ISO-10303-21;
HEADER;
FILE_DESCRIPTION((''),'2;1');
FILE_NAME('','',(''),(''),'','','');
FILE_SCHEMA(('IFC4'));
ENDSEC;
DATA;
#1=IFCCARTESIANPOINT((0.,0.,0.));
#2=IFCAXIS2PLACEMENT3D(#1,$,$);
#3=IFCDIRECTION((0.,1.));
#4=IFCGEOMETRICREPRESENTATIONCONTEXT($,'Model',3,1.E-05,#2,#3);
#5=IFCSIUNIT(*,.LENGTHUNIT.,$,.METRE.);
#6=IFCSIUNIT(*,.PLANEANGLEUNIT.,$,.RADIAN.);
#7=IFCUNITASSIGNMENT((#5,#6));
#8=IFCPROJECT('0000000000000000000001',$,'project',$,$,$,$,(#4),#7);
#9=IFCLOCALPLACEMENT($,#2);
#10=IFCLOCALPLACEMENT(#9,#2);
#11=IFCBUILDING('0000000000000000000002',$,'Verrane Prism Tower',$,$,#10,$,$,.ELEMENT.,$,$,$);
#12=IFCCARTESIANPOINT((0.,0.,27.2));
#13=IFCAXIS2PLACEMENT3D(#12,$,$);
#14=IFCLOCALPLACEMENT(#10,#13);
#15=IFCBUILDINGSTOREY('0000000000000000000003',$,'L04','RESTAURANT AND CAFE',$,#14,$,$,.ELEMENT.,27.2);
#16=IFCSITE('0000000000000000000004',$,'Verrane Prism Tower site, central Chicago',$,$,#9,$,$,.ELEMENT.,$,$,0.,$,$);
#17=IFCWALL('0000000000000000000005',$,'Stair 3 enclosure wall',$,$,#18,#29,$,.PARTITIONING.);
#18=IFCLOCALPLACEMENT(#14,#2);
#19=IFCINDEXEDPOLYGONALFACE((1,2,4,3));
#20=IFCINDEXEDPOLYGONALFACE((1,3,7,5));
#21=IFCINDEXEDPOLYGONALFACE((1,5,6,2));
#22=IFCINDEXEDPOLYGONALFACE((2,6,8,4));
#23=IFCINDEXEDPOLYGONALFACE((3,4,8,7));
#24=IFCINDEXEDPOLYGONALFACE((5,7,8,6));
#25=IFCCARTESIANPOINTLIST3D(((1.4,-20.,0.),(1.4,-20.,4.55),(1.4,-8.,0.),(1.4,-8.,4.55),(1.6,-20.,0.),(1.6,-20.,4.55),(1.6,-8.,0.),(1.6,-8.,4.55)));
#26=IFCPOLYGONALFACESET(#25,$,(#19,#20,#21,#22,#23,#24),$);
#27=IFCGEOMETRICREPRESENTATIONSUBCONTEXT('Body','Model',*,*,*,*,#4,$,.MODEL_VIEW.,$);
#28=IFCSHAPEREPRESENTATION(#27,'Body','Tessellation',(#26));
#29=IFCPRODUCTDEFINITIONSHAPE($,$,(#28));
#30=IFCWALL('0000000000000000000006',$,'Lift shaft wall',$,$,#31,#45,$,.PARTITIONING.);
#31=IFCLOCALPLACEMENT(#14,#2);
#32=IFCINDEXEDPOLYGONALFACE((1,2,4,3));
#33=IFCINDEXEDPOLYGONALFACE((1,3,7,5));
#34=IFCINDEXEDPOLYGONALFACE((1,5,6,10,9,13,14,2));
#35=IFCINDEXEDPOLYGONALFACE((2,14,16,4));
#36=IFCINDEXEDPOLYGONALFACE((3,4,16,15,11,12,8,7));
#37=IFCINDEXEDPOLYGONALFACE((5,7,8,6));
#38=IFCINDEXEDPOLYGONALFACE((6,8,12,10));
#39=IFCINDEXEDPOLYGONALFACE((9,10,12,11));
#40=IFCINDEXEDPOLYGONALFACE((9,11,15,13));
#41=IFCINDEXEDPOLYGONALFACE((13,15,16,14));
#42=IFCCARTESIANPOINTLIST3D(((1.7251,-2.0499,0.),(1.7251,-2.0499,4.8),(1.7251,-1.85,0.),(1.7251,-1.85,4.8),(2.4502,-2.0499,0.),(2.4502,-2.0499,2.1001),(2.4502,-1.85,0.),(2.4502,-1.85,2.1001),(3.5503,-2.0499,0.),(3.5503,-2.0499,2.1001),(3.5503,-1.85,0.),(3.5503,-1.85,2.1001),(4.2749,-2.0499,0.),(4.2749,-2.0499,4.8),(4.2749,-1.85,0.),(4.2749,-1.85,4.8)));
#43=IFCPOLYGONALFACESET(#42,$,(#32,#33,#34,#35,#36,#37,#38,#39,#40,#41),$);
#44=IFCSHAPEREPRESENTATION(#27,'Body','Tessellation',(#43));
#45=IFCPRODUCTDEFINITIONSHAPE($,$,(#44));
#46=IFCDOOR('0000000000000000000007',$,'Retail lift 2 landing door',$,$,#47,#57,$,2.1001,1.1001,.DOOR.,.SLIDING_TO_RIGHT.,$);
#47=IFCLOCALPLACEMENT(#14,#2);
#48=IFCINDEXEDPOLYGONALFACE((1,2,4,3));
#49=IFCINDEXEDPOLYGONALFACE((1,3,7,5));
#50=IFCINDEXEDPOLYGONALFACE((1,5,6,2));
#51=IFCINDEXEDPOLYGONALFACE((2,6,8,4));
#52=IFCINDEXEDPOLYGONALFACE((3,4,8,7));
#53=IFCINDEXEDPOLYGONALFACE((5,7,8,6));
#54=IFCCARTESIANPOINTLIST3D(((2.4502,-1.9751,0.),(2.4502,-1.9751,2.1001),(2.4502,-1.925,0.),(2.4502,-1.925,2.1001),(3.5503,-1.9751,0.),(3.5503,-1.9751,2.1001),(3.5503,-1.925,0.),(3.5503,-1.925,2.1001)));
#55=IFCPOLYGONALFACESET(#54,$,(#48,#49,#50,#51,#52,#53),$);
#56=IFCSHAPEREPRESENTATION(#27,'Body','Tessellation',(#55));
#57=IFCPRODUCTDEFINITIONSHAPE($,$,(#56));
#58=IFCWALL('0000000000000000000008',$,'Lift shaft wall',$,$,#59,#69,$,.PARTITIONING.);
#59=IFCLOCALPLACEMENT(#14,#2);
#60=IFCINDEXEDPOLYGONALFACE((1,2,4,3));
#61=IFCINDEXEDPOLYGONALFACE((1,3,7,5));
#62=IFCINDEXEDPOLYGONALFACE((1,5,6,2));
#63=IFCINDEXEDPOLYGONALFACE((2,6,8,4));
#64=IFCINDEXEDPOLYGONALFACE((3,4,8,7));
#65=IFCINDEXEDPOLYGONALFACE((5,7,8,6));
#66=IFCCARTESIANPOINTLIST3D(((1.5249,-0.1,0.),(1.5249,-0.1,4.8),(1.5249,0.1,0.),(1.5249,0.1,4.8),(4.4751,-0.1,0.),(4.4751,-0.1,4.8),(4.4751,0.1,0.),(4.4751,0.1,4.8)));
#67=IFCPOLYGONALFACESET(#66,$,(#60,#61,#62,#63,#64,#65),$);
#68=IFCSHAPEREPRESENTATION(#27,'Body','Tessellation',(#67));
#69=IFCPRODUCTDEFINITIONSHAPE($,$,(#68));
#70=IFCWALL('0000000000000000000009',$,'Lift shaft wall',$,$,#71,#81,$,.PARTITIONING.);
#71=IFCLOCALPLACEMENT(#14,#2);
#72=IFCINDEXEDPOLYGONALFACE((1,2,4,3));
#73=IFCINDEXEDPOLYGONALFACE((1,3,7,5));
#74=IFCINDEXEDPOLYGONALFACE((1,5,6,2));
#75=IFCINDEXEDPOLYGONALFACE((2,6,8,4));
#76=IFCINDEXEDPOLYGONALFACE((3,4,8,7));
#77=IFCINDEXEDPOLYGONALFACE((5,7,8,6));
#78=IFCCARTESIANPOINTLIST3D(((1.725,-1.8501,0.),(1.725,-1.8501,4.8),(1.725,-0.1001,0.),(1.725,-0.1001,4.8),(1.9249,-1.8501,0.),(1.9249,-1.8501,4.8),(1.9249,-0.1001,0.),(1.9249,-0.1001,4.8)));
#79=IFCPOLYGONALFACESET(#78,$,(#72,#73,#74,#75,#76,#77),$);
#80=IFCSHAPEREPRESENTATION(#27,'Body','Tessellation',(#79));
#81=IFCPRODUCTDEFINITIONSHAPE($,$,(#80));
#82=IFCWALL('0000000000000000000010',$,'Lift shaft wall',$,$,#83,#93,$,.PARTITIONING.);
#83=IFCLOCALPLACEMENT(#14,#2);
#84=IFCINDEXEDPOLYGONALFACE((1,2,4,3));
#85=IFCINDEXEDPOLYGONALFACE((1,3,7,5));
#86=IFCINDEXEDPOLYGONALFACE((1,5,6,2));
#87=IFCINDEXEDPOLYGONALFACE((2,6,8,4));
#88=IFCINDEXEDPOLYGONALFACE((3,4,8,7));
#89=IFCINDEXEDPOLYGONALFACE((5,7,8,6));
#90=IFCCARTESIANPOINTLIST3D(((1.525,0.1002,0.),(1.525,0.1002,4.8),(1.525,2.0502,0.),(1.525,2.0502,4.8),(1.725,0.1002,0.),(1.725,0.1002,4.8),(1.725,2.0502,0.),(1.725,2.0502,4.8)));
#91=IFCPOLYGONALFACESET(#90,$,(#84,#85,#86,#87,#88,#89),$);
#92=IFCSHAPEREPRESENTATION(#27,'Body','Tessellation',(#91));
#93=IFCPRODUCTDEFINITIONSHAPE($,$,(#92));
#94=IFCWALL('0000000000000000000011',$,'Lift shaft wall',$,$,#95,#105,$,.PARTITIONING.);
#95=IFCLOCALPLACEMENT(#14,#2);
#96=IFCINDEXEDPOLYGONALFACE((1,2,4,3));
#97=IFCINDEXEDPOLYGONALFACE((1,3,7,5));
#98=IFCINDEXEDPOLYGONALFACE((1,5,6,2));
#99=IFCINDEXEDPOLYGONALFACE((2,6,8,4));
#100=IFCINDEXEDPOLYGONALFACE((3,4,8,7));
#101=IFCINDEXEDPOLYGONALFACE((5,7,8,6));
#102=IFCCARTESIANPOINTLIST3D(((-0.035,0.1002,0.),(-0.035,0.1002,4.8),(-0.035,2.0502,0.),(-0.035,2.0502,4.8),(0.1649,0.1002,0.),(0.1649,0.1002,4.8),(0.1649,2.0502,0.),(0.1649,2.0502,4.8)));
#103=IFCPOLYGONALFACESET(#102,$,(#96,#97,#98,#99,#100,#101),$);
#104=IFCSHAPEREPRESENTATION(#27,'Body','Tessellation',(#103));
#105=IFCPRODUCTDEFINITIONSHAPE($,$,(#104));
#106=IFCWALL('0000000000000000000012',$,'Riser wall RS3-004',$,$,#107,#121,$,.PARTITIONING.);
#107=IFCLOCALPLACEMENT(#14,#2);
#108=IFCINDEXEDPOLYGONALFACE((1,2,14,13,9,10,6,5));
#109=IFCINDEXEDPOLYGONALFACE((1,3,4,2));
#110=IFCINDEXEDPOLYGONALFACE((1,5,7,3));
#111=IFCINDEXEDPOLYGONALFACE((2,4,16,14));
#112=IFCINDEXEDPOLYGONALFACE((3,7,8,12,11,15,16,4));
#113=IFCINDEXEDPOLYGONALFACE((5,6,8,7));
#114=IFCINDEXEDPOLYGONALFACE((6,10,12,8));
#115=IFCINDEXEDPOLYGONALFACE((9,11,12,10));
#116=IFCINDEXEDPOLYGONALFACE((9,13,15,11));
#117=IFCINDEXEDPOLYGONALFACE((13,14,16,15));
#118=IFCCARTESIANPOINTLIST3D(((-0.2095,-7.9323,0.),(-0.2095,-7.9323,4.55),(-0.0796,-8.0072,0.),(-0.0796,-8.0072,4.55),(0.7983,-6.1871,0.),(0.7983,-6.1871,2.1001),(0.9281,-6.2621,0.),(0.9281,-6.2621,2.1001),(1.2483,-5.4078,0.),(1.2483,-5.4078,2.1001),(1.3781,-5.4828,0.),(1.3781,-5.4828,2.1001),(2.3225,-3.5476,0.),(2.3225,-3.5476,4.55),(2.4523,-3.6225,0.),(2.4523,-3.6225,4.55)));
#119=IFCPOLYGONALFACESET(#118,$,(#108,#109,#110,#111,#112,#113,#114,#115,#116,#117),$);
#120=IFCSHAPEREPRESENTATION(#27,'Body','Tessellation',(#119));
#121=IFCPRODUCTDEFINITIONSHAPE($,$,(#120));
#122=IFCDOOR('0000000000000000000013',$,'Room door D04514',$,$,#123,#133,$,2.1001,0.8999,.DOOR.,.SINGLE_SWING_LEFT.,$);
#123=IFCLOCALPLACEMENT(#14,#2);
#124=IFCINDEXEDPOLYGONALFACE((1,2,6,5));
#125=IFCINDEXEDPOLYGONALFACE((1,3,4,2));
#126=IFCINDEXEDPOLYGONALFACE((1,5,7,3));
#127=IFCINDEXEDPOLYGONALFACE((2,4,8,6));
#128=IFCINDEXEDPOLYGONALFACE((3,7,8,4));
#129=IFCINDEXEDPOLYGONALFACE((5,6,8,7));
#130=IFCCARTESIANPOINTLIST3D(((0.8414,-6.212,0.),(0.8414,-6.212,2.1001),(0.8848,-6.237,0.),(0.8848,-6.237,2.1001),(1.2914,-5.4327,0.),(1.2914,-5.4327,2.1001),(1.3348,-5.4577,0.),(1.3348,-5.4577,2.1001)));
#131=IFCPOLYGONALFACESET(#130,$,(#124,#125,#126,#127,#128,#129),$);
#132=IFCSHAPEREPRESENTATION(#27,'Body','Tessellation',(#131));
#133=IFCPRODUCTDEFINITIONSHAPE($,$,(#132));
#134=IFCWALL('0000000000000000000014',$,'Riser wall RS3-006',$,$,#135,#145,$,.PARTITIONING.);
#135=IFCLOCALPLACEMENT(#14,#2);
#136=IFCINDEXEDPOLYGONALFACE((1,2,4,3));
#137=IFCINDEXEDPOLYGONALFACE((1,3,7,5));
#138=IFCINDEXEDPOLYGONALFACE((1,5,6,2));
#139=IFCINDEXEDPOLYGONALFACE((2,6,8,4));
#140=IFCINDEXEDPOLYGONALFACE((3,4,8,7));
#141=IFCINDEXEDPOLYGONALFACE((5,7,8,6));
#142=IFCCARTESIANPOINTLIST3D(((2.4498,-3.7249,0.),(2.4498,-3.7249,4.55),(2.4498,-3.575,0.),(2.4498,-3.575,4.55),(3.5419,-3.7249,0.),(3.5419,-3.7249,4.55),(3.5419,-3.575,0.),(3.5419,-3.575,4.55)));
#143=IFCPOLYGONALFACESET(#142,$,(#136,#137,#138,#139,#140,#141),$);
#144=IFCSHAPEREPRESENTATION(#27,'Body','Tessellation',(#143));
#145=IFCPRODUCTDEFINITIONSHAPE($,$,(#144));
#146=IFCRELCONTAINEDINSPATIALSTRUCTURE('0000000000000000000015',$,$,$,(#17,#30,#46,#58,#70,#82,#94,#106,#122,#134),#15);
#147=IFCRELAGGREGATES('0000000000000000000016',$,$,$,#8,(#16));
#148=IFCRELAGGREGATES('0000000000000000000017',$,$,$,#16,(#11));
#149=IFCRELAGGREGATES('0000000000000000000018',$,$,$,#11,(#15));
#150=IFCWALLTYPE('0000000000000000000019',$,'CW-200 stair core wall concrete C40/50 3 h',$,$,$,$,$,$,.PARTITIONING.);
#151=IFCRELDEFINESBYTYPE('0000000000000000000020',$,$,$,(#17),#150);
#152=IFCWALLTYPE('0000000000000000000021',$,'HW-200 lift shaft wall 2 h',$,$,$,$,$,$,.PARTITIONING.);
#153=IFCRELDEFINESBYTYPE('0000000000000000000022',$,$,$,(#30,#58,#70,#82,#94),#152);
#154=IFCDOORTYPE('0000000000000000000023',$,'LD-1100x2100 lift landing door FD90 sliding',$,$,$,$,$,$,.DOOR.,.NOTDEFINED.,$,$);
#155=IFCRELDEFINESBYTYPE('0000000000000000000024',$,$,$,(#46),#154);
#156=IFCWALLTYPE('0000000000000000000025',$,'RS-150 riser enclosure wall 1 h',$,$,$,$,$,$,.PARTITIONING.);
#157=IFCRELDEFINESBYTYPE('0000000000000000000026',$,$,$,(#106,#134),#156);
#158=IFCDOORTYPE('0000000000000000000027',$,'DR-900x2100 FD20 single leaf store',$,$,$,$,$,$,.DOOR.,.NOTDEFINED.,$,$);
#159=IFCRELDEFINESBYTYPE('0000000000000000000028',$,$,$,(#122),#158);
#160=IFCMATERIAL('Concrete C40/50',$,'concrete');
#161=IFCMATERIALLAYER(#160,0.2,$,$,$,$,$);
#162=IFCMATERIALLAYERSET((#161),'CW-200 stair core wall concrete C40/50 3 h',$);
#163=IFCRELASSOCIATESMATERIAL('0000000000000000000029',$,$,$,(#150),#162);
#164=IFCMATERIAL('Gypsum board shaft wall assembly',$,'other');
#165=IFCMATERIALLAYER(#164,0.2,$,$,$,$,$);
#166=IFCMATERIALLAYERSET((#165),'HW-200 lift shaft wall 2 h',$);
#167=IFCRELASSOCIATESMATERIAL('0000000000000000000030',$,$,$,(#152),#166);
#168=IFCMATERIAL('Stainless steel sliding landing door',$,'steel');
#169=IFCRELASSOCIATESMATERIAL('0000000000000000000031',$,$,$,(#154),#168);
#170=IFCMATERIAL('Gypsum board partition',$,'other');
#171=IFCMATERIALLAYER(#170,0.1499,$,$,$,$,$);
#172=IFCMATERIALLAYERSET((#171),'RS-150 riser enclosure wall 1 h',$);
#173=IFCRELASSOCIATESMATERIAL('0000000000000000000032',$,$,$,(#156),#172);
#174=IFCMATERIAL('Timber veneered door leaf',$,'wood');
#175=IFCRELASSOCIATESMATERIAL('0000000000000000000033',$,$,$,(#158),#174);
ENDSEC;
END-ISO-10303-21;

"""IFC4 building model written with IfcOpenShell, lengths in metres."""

from ifc_helpers import new_model, si_unit, direction, frame, frame_2d, origin, place, context, subcontext, project, spatial, rectangle, extrude, material, layer, layer_set, type_object, element, fill, save


model = new_model("IFC4")

# Units and contexts
model_context = context("Model", 3, precision=1e-05, world=origin(), true_north=direction((0.0, 1.0)))
body_context = subcontext(model_context, "Body", "Model", "MODEL_VIEW")
ifc_project = project(units=[si_unit("LENGTHUNIT", "METRE"), si_unit("PLANEANGLEUNIT", "RADIAN")], contexts=[model_context])

# Site, building, storey
site_placement = place(None, origin())
site = spatial("IfcSite", under=ifc_project, at=site_placement, Name="Verrane Prism Tower site, central Chicago", CompositionType="ELEMENT", RefElevation=0.0)
building_placement = place(site_placement, origin())
building = spatial("IfcBuilding", under=site, at=building_placement, Name="Verrane Prism Tower", CompositionType="ELEMENT")
storey_placement = place(building_placement, frame((0.0, 0.0, 27.2)))
storey = spatial("IfcBuildingStorey", under=building, at=storey_placement, Name="L04", Description="RESTAURANT AND CAFE", CompositionType="ELEMENT", Elevation=27.2)

# Wall
ifc_material_1 = material(Name="Concrete C40/50", Category="concrete")
ifc_layer_1 = layer(ifc_material_1, 0.2)
ifc_layer_set_1 = layer_set([ifc_layer_1], Name="CW-200 stair core wall concrete C40/50 3 h")
wall_type_1 = type_object("IfcWallType", Name="CW-200 stair core wall concrete C40/50 3 h", PredefinedType="PARTITIONING", material=ifc_layer_set_1)
wall_1_placement = place(storey_placement, frame((1.5, -8.0, 0.0), z_axis=(0.0, 0.0, 1.0), x_axis=(0.0, -1.0, 0.0)))
element("IfcWall", 1, at=wall_1_placement, inside=storey, type_object=wall_type_1, Name="Stair 3 enclosure wall", PredefinedType="PARTITIONING", context=body_context, shape_type="SweptSolid", body=[
    extrude(rectangle(XDim=12.0, YDim=0.2, at=frame_2d((6.0, 0.0))), origin(), (0.0, 0.0, 1.0), 4.55),
])

# Wall, opening, door
ifc_material_2 = material(Name="Gypsum board shaft wall assembly", Category="other")
ifc_layer_2 = layer(ifc_material_2, 0.2)
ifc_layer_set_2 = layer_set([ifc_layer_2], Name="HW-200 lift shaft wall 2 h")
wall_type_2 = type_object("IfcWallType", Name="HW-200 lift shaft wall 2 h", PredefinedType="PARTITIONING", material=ifc_layer_set_2)
wall_2_placement = place(storey_placement, frame((1.7251, -1.95, 0.0), z_axis=(0.0, 0.0, 1.0), x_axis=(1.0, 0.0, 0.0)))
wall_2 = element("IfcWall", 2, at=wall_2_placement, inside=storey, type_object=wall_type_2, Name="Lift shaft wall", PredefinedType="PARTITIONING", context=body_context, shape_type="SweptSolid", body=[
    extrude(rectangle(XDim=2.5498, YDim=0.2, at=frame_2d((1.2749, 0.0))), origin(), (0.0, 0.0, 1.0), 4.8),
])
opening_1_placement = place(wall_2_placement, frame((0.7251, 0.0, 0.0)))
opening_1 = element("IfcOpeningElement", 3, at=opening_1_placement, cuts=wall_2, PredefinedType="OPENING", context=body_context, shape_type="SweptSolid", body=[
    extrude(rectangle(XDim=1.1001, YDim=2.1001, at=frame_2d((0.55, 1.05))), frame((0.0, 0.1099, 0.0), z_axis=(0.0, -1.0, 0.0), x_axis=(1.0, 0.0, 0.0)), (0.0, 0.0, 1.0), 0.22),
])
ifc_material_3 = material(Name="Stainless steel sliding landing door", Category="steel")
door_type_1 = type_object("IfcDoorType", Name="LD-1100x2100 lift landing door FD90 sliding", OperationType="NOTDEFINED", PredefinedType="DOOR", material=ifc_material_3)
door_1_placement = place(opening_1_placement, origin())
door_1 = element("IfcDoor", 4, at=door_1_placement, inside=storey, type_object=door_type_1, Name="Retail lift 2 landing door", OperationType="SLIDING_TO_RIGHT", OverallHeight=2.1001, OverallWidth=1.1001, PredefinedType="DOOR", context=body_context, shape_type="SweptSolid", body=[
    extrude(rectangle(XDim=1.1001, YDim=2.1001, at=frame_2d((0.55, 1.05))), frame((0.0, 0.0249, 0.0), z_axis=(0.0, -1.0, 0.0), x_axis=(1.0, 0.0, 0.0)), (0.0, 0.0, 1.0), 0.05),
])
fill(opening_1, door_1)

# Walls
wall_3_placement = place(storey_placement, frame((1.5249, 0.0, 0.0), z_axis=(0.0, 0.0, 1.0), x_axis=(1.0, 0.0, 0.0)))
element("IfcWall", 5, at=wall_3_placement, inside=storey, type_object=wall_type_2, Name="Lift shaft wall", PredefinedType="PARTITIONING", context=body_context, shape_type="SweptSolid", body=[
    extrude(rectangle(XDim=2.9502, YDim=0.2, at=frame_2d((1.4751, 0.0))), origin(), (0.0, 0.0, 1.0), 4.8),
])
wall_4_placement = place(storey_placement, frame((1.825, -1.8501, 0.0), z_axis=(0.0, 0.0, 1.0), x_axis=(0.0, 1.0, 0.0)))
element("IfcWall", 6, at=wall_4_placement, inside=storey, type_object=wall_type_2, Name="Lift shaft wall", PredefinedType="PARTITIONING", context=body_context, shape_type="SweptSolid", body=[
    extrude(rectangle(XDim=1.75, YDim=0.2, at=frame_2d((0.875, 0.0))), origin(), (0.0, 0.0, 1.0), 4.8),
])
for number, where, z_axis, x_axis, name in (
    (7, (1.625, 0.1001, 0.0), (0.0, 0.0, 1.0), (0.0, 1.0, 0.0), "Lift shaft wall"),
    (8, (0.0649, 0.1001, 0.0), (0.0, 0.0, 1.0), (0.0, 1.0, 0.0), "Lift shaft wall"),
):
    element("IfcWall", number, at=place(storey_placement, frame(where, z_axis=z_axis, x_axis=x_axis)), inside=storey, type_object=wall_type_2, Name=name, PredefinedType="PARTITIONING", context=body_context, shape_type="SweptSolid", body=[
        extrude(rectangle(XDim=1.95, YDim=0.2, at=frame_2d((0.9751, 0.0))), origin(), (0.0, 0.0, 1.0), 4.8),
    ])

# Wall, opening, door
ifc_material_4 = material(Name="Gypsum board partition", Category="other")
ifc_layer_3 = layer(ifc_material_4, 0.1499)
ifc_layer_set_3 = layer_set([ifc_layer_3], Name="RS-150 riser enclosure wall 1 h")
wall_type_3 = type_object("IfcWallType", Name="RS-150 riser enclosure wall 1 h", PredefinedType="PARTITIONING", material=ifc_layer_set_3)
wall_5_placement = place(storey_placement, frame((2.3875, -3.585, 0.0), z_axis=(0.0, 0.0, 1.0), x_axis=(-0.500065, -0.865988, 0.0)))
wall_5 = element("IfcWall", 9, at=wall_5_placement, inside=storey, type_object=wall_type_3, Name="Riser wall RS3-004", PredefinedType="PARTITIONING", context=body_context, shape_type="SweptSolid", body=[
    extrude(rectangle(XDim=5.0632, YDim=0.1499, at=frame_2d((2.5317, 0.0))), origin(), (0.0, 0.0, 1.0), 4.55),
])
opening_2_placement = place(wall_5_placement, frame((2.1482, 0.0, 0.0)))
opening_2 = element("IfcOpeningElement", 10, at=opening_2_placement, cuts=wall_5, PredefinedType="OPENING", context=body_context, shape_type="SweptSolid", body=[
    extrude(rectangle(XDim=0.8999, YDim=2.1001, at=frame_2d((0.45, 1.05))), frame((0.0, 0.085, 0.0), z_axis=(0.0, -1.0, 0.0), x_axis=(1.0, 0.0, 0.0)), (0.0, 0.0, 1.0), 0.1699),
])
ifc_material_5 = material(Name="Timber veneered door leaf", Category="wood")
door_type_2 = type_object("IfcDoorType", Name="DR-900x2100 FD20 single leaf store", OperationType="NOTDEFINED", PredefinedType="DOOR", material=ifc_material_5)
door_2_placement = place(opening_2_placement, origin())
door_2 = element("IfcDoor", 11, at=door_2_placement, inside=storey, type_object=door_type_2, Name="Room door D04514", OperationType="SINGLE_SWING_LEFT", OverallHeight=2.1001, OverallWidth=0.8999, PredefinedType="DOOR", context=body_context, shape_type="SweptSolid", body=[
    extrude(rectangle(XDim=0.8999, YDim=2.1001, at=frame_2d((0.45, 1.05))), frame((0.0, 0.0249, 0.0), z_axis=(0.0, -1.0, 0.0), x_axis=(1.0, 0.0, 0.0)), (0.0, 0.0, 1.0), 0.05),
])
fill(opening_2, door_2)

# Wall
wall_6_placement = place(storey_placement, frame((2.45, -3.6499, 0.0), z_axis=(0.0, 0.0, 1.0), x_axis=(1.0, 0.0, 0.0)))
element("IfcWall", 12, at=wall_6_placement, inside=storey, type_object=wall_type_3, Name="Riser wall RS3-006", PredefinedType="PARTITIONING", context=body_context, shape_type="SweptSolid", body=[
    extrude(rectangle(XDim=1.092, YDim=0.1499, at=frame_2d((0.5459, 0.0))), origin(), (0.0, 0.0, 1.0), 4.55),
])

save(model, "model.ifc")
